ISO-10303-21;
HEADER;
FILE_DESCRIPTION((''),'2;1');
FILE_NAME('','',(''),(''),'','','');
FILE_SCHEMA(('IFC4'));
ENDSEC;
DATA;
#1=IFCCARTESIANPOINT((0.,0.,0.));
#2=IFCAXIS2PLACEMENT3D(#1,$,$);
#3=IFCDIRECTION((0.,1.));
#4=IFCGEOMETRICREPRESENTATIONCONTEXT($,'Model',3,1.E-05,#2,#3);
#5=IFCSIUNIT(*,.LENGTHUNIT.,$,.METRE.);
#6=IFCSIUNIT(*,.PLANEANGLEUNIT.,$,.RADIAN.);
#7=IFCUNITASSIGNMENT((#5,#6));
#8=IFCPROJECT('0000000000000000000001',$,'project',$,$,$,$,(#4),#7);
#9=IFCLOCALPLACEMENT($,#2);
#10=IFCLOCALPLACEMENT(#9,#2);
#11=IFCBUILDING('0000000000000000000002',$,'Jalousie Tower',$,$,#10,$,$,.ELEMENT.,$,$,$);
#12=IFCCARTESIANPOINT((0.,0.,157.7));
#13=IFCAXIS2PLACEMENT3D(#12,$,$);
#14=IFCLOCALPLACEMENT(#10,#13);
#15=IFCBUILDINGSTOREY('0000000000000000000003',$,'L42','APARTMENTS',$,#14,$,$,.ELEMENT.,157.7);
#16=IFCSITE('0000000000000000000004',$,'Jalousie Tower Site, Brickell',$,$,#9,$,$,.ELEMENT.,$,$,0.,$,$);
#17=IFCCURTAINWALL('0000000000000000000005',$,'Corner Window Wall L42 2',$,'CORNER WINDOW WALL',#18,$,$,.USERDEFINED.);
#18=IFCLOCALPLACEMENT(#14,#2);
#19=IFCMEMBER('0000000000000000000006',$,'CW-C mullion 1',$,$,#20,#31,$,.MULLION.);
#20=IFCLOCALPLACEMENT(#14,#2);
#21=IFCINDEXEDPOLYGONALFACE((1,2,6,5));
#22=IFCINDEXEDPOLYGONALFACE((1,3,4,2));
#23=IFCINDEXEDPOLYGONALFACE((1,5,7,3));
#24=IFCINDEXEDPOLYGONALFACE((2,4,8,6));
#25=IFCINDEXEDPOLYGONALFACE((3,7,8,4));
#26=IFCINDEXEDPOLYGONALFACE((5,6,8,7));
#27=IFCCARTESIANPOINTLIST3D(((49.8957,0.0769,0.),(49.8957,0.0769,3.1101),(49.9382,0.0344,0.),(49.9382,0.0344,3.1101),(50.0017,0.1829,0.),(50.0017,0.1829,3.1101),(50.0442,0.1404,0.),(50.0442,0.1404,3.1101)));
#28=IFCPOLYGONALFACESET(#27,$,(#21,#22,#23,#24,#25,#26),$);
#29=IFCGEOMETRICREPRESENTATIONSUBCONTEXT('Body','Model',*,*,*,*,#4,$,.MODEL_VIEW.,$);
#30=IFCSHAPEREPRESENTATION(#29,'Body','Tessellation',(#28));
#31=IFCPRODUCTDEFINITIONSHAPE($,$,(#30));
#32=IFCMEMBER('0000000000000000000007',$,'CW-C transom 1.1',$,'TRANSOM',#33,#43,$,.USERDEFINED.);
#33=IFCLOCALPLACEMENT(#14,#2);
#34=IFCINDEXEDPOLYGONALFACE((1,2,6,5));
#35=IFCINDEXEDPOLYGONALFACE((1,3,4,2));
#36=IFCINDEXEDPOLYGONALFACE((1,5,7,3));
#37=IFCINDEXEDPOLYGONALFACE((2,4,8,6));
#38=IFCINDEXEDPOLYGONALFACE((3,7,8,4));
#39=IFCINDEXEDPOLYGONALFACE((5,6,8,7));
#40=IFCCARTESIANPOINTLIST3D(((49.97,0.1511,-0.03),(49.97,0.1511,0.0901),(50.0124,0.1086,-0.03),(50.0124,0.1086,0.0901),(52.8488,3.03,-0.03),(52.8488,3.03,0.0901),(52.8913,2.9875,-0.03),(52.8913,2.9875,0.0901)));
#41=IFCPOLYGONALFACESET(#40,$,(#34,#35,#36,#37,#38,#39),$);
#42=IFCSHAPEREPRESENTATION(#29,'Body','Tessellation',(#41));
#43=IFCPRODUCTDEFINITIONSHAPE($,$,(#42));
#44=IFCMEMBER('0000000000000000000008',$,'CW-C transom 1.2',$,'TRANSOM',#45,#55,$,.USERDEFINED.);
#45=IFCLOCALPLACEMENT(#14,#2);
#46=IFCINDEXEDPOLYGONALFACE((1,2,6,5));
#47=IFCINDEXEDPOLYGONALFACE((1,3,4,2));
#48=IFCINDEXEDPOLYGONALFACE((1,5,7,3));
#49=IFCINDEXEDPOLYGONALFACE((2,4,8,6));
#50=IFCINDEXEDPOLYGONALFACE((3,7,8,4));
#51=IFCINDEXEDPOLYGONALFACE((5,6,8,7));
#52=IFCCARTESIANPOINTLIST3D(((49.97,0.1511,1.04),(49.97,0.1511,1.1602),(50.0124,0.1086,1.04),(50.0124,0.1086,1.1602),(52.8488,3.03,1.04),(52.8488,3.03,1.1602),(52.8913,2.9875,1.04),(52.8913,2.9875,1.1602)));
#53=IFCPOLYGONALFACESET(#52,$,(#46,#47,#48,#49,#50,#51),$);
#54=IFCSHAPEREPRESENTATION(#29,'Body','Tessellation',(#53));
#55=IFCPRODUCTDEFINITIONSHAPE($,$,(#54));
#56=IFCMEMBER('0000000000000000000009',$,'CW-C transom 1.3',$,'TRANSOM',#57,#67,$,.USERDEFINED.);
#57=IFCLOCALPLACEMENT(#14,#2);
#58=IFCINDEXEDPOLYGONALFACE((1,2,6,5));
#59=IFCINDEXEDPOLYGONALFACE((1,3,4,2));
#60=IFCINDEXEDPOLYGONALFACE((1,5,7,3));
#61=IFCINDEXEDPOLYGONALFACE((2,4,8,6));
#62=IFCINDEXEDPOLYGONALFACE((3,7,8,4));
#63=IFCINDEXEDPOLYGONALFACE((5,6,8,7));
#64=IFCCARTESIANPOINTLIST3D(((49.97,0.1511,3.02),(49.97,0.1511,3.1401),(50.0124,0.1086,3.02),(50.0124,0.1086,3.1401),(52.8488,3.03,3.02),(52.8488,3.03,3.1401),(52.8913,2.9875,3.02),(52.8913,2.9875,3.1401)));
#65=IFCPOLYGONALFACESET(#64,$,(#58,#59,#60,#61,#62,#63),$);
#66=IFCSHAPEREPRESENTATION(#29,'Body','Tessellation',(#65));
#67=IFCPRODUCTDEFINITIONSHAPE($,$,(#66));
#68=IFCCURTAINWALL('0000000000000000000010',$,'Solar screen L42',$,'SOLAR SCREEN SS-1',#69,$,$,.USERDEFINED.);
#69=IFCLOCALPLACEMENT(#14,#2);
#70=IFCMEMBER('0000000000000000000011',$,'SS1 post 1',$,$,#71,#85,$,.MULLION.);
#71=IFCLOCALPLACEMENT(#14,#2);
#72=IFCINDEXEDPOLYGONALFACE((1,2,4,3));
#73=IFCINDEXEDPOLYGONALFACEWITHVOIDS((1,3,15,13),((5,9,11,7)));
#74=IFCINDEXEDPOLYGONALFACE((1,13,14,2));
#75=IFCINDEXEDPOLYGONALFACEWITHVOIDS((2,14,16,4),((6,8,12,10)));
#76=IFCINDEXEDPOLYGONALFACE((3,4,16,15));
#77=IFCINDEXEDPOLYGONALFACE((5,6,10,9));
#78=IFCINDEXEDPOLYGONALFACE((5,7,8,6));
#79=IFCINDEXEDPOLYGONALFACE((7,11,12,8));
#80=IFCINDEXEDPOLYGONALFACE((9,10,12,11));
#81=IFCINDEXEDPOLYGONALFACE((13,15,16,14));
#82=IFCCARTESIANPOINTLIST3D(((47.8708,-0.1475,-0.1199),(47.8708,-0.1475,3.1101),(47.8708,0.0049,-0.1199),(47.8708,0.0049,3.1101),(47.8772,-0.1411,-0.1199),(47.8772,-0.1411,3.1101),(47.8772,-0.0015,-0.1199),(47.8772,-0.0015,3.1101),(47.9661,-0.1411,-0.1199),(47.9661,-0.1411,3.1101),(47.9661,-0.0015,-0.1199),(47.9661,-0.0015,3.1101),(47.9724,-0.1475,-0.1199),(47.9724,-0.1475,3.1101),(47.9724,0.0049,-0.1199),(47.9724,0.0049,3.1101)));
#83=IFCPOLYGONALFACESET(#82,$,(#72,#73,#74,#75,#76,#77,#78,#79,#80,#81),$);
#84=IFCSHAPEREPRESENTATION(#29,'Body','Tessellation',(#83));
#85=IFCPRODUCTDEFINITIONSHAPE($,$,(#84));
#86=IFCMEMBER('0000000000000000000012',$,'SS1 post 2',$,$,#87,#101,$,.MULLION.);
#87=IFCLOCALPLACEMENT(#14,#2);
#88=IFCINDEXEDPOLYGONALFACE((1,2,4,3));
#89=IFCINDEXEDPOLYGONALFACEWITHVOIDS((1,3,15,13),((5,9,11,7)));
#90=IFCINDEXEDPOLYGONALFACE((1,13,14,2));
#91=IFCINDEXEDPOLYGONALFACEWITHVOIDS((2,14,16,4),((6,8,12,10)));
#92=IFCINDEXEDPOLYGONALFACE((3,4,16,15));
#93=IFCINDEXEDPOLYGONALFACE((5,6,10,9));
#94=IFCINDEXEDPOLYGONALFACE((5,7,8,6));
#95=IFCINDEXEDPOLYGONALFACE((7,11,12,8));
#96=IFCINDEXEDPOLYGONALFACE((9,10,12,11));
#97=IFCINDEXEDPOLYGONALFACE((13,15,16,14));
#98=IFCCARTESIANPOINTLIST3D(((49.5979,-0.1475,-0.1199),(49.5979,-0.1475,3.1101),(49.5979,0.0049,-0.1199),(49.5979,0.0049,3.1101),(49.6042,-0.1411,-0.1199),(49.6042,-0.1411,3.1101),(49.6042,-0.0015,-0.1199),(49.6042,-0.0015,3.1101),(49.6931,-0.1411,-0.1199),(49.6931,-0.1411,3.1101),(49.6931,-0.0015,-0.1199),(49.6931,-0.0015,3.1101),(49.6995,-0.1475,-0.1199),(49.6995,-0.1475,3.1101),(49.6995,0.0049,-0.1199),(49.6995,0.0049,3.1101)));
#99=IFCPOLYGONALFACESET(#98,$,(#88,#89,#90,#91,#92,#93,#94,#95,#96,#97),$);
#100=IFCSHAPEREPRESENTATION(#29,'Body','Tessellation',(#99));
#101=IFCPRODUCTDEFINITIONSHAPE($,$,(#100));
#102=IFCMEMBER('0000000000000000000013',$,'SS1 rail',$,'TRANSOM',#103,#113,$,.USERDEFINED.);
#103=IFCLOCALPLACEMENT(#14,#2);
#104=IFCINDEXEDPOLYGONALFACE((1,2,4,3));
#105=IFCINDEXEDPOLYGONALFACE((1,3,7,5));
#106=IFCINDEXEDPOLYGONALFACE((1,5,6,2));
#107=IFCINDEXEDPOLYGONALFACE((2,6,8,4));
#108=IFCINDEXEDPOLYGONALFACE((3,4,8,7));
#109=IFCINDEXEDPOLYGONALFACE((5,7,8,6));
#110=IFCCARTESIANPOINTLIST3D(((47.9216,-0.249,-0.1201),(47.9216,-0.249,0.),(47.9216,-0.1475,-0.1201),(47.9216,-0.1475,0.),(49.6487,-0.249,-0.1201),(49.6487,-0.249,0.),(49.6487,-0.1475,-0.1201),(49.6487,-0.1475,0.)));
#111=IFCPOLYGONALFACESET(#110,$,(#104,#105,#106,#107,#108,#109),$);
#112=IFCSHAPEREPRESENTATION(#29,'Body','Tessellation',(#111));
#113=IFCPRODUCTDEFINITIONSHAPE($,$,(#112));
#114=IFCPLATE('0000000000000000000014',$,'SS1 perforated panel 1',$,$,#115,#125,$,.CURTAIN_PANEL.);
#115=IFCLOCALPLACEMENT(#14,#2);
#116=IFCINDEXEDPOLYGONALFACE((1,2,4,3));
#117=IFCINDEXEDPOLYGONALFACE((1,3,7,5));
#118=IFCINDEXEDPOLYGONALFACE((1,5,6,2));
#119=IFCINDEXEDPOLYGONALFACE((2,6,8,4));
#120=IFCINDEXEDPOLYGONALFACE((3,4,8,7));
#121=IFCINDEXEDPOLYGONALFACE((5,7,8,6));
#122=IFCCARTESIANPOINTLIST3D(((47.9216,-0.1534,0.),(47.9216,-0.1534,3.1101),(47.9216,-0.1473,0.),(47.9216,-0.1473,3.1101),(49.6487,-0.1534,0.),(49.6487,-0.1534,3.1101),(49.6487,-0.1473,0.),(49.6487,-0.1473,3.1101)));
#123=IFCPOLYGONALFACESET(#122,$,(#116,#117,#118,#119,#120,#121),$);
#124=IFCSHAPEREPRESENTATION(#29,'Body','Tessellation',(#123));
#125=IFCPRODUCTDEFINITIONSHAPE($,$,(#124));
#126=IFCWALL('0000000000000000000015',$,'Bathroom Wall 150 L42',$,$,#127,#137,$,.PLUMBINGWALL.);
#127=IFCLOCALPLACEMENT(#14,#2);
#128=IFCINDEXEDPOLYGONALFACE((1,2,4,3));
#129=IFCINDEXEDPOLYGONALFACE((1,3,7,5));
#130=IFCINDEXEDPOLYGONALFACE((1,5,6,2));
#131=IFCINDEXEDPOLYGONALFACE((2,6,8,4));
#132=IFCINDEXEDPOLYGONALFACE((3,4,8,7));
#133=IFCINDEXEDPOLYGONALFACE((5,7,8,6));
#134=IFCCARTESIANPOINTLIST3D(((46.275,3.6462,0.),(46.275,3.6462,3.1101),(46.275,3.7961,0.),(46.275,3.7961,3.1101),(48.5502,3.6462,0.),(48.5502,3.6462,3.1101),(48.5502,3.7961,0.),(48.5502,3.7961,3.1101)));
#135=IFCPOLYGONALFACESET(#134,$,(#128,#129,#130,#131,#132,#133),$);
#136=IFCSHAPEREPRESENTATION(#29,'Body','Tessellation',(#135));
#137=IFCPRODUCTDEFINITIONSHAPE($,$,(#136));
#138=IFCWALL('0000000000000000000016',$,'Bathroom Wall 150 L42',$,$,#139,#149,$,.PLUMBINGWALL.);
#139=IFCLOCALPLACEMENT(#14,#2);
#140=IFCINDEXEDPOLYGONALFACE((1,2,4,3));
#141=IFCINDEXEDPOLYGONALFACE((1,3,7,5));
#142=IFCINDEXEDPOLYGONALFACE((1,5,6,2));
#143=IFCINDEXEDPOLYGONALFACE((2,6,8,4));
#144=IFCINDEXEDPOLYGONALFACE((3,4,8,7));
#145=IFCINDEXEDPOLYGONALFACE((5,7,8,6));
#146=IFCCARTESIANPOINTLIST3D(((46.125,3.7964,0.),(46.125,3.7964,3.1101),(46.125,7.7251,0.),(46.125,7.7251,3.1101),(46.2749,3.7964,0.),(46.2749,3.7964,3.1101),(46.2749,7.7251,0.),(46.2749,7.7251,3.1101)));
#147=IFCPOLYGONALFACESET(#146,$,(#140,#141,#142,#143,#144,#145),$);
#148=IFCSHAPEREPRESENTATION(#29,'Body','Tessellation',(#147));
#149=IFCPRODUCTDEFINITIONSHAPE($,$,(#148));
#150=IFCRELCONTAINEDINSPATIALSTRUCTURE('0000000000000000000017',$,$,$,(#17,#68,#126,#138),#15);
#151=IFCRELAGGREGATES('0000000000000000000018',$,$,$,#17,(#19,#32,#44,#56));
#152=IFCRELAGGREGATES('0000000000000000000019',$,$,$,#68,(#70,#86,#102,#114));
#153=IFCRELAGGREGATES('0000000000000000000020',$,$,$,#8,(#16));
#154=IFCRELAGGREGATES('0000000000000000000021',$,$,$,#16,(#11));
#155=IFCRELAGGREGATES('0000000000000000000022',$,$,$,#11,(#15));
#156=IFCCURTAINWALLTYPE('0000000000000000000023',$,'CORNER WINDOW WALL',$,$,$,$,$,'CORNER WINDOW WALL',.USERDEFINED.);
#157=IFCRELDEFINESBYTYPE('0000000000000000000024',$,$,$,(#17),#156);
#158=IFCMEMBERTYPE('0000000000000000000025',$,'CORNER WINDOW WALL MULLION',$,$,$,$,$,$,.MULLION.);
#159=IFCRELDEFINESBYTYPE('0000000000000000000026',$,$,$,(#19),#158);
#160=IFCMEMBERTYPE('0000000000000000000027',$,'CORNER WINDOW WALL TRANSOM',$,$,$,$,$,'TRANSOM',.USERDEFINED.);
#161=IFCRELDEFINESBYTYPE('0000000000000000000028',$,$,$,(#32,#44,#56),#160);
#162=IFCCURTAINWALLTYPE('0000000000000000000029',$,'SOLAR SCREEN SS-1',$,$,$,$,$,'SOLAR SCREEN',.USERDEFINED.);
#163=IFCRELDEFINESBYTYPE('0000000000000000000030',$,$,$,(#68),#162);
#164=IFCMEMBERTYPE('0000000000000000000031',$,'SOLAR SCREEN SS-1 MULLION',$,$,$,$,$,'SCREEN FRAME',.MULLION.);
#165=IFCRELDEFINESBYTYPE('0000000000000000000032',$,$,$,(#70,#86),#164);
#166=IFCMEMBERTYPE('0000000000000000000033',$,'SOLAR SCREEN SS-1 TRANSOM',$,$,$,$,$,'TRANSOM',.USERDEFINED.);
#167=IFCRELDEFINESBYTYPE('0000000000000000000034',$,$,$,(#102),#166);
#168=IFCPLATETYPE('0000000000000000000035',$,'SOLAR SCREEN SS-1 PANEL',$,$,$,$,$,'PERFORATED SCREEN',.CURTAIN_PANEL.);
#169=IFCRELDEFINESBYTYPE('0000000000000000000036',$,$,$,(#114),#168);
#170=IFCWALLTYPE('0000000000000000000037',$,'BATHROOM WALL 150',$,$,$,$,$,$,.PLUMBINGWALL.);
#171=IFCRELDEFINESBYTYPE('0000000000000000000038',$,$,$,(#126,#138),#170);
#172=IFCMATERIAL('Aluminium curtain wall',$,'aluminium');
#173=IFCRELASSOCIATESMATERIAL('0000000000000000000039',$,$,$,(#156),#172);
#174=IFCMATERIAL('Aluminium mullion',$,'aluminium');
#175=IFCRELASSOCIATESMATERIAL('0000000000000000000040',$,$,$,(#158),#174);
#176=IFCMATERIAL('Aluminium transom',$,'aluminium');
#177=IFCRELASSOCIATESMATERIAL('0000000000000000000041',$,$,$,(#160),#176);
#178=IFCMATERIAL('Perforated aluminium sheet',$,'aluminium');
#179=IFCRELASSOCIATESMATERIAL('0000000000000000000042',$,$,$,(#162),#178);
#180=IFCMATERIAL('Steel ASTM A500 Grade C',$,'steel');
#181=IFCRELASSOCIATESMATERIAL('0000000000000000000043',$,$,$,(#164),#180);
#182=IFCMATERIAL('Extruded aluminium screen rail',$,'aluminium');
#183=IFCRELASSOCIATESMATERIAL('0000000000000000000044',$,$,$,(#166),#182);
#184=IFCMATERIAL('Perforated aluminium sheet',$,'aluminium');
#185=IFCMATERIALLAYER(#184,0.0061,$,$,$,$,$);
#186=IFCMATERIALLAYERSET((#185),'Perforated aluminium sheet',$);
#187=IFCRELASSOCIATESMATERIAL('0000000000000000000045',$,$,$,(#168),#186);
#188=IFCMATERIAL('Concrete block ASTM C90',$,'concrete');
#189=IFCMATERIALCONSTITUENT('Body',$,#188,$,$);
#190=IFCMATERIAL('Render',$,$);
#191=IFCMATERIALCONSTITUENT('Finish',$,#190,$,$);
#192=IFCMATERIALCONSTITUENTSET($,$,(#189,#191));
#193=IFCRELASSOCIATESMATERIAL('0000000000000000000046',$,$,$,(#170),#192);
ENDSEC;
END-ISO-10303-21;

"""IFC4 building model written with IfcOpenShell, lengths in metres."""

from ifc_helpers import new_model, si_unit, direction, frame, frame_2d, origin, origin_2d, place, context, subcontext, project, spatial, rectangle, hollow_rectangle, extrude, material, layer, layer_set, constituent, constituent_set, material_profile, profile_set, type_object, element, aggregate, save


model = new_model("IFC4")

# Units and contexts
model_context = context("Model", 3, precision=1e-05, world=origin(), true_north=direction((0.0, 1.0)))
body_context = subcontext(model_context, "Body", "Model", "MODEL_VIEW")
ifc_project = project(units=[si_unit("LENGTHUNIT", "METRE"), si_unit("PLANEANGLEUNIT", "RADIAN")], contexts=[model_context])

# Site, building, storey
site_placement = place(None, origin())
site = spatial("IfcSite", under=ifc_project, at=site_placement, Name="Jalousie Tower Site, Brickell", CompositionType="ELEMENT", RefElevation=0.0)
building_placement = place(site_placement, origin())
building = spatial("IfcBuilding", under=site, at=building_placement, Name="Jalousie Tower", CompositionType="ELEMENT")
storey_placement = place(building_placement, frame((0.0, 0.0, 157.7)))
storey = spatial("IfcBuildingStorey", under=building, at=storey_placement, Name="L42", Description="APARTMENTS", CompositionType="ELEMENT", Elevation=157.7)

# Curtain wall, members
ifc_material_1 = material(Name="Aluminium curtain wall", Category="aluminium")
curtain_wall_type_1 = type_object("IfcCurtainWallType", Name="CORNER WINDOW WALL", ElementType="CORNER WINDOW WALL", PredefinedType="USERDEFINED", material=ifc_material_1)
curtain_wall_1_placement = place(storey_placement, origin())
curtain_wall_1 = element("IfcCurtainWall", 1, at=curtain_wall_1_placement, inside=storey, type_object=curtain_wall_type_1, Name="Corner Window Wall L42 2", ObjectType="CORNER WINDOW WALL", PredefinedType="USERDEFINED")
ifc_material_2 = material(Name="Aluminium mullion", Category="aluminium")
ifc_material_profile_1 = material_profile(ifc_material_2, rectangle(XDim=0.0601, YDim=0.1499, at=origin_2d()), Name="MULLION 60x150")
ifc_profile_set_1 = profile_set([ifc_material_profile_1], Name="Aluminium mullion")
member_type_1 = type_object("IfcMemberType", Name="CORNER WINDOW WALL MULLION", PredefinedType="MULLION", material=ifc_profile_set_1)
member_1_placement = place(storey_placement, frame((49.97, 0.1086, 0.0), z_axis=(0.0, 0.0, 1.0), x_axis=(-0.707107, 0.707107, 0.0)))
member_1 = element("IfcMember", 2, at=member_1_placement, type_object=member_type_1, Name="CW-C mullion 1", PredefinedType="MULLION", context=body_context, shape_type="SweptSolid", body=[
    extrude(rectangle(XDim=0.0601, YDim=0.1499, at=origin_2d()), origin(), (0.0, 0.0, 1.0), 3.1101),
])
ifc_material_3 = material(Name="Aluminium transom", Category="aluminium")
ifc_material_profile_2 = material_profile(ifc_material_3, rectangle(XDim=0.0601, YDim=0.1201, at=origin_2d()), Name="TRANSOM 60x120")
ifc_profile_set_2 = profile_set([ifc_material_profile_2], Name="Aluminium transom")
member_type_2 = type_object("IfcMemberType", Name="CORNER WINDOW WALL TRANSOM", ElementType="TRANSOM", PredefinedType="USERDEFINED", material=ifc_profile_set_2)
member_2_placement = place(storey_placement, frame((49.9912, 0.1299, 0.03), z_axis=(0.707107, 0.707107, 0.0), x_axis=(-0.707107, 0.707107, 0.0)))
member_2 = element("IfcMember", 3, at=member_2_placement, type_object=member_type_2, Name="CW-C transom 1.1", ObjectType="TRANSOM", PredefinedType="USERDEFINED", context=body_context, shape_type="SweptSolid", body=[
    extrude(rectangle(XDim=0.0601, YDim=0.1201, at=origin_2d()), origin(), (0.0, 0.0, 1.0), 4.0713),
])
member_3_placement = place(storey_placement, frame((49.9912, 0.1299, 1.1001), z_axis=(0.707107, 0.707107, 0.0), x_axis=(-0.707107, 0.707107, 0.0)))
member_3 = element("IfcMember", 4, at=member_3_placement, type_object=member_type_2, Name="CW-C transom 1.2", ObjectType="TRANSOM", PredefinedType="USERDEFINED", context=body_context, shape_type="SweptSolid", body=[
    extrude(rectangle(XDim=0.0601, YDim=0.1201, at=origin_2d()), origin(), (0.0, 0.0, 1.0), 4.0713),
])
member_4_placement = place(storey_placement, frame((49.9912, 0.1299, 3.0801), z_axis=(0.707107, 0.707107, 0.0), x_axis=(-0.707107, 0.707107, 0.0)))
member_4 = element("IfcMember", 5, at=member_4_placement, type_object=member_type_2, Name="CW-C transom 1.3", ObjectType="TRANSOM", PredefinedType="USERDEFINED", context=body_context, shape_type="SweptSolid", body=[
    extrude(rectangle(XDim=0.0601, YDim=0.1201, at=origin_2d()), origin(), (0.0, 0.0, 1.0), 4.0713),
])
aggregate(curtain_wall_1, [member_1, member_2, member_3, member_4])

# Curtain wall, members, plate
ifc_material_4 = material(Name="Perforated aluminium sheet", Category="aluminium")
curtain_wall_type_2 = type_object("IfcCurtainWallType", Name="SOLAR SCREEN SS-1", ElementType="SOLAR SCREEN", PredefinedType="USERDEFINED", material=ifc_material_4)
curtain_wall_2_placement = place(storey_placement, origin())
curtain_wall_2 = element("IfcCurtainWall", 6, at=curtain_wall_2_placement, inside=storey, type_object=curtain_wall_type_2, Name="Solar screen L42", ObjectType="SOLAR SCREEN SS-1", PredefinedType="USERDEFINED")
ifc_material_5 = material(Name="Steel ASTM A500 Grade C", Category="steel")
ifc_material_profile_3 = material_profile(ifc_material_5, hollow_rectangle(XDim=0.1016, YDim=0.1523, WallThickness=0.0063, at=origin_2d()), Name="HSS6X4X1/4")
ifc_profile_set_3 = profile_set([ifc_material_profile_3], Name="Steel ASTM A500 Grade C")
member_type_3 = type_object("IfcMemberType", Name="SOLAR SCREEN SS-1 MULLION", ElementType="SCREEN FRAME", PredefinedType="MULLION", material=ifc_profile_set_3)
member_5_placement = place(storey_placement, frame((47.9216, -0.0713, -0.1199), z_axis=(0.0, 0.0, 1.0), x_axis=(1.0, 0.0, 0.0)))
member_5 = element("IfcMember", 7, at=member_5_placement, type_object=member_type_3, Name="SS1 post 1", PredefinedType="MULLION", context=body_context, shape_type="SweptSolid", body=[
    extrude(hollow_rectangle(XDim=0.1016, YDim=0.1523, WallThickness=0.0063, at=origin_2d()), origin(), (0.0, 0.0, 1.0), 3.23),
])
member_6_placement = place(storey_placement, frame((49.6487, -0.0713, -0.1199), z_axis=(0.0, 0.0, 1.0), x_axis=(1.0, 0.0, 0.0)))
member_6 = element("IfcMember", 8, at=member_6_placement, type_object=member_type_3, Name="SS1 post 2", PredefinedType="MULLION", context=body_context, shape_type="SweptSolid", body=[
    extrude(hollow_rectangle(XDim=0.1016, YDim=0.1523, WallThickness=0.0063, at=origin_2d()), origin(), (0.0, 0.0, 1.0), 3.23),
])
ifc_material_6 = material(Name="Extruded aluminium screen rail", Category="aluminium")
ifc_material_profile_4 = material_profile(ifc_material_6, rectangle(XDim=0.1016, YDim=0.1201, at=origin_2d()), Name="RAIL 102x120")
ifc_profile_set_4 = profile_set([ifc_material_profile_4], Name="Extruded aluminium screen rail")
member_type_4 = type_object("IfcMemberType", Name="SOLAR SCREEN SS-1 TRANSOM", ElementType="TRANSOM", PredefinedType="USERDEFINED", material=ifc_profile_set_4)
member_7_placement = place(storey_placement, frame((47.9216, -0.1982, -0.0601), z_axis=(1.0, 0.0, 0.0), x_axis=(0.0, 1.0, 0.0)))
member_7 = element("IfcMember", 9, at=member_7_placement, type_object=member_type_4, Name="SS1 rail", ObjectType="TRANSOM", PredefinedType="USERDEFINED", context=body_context, shape_type="SweptSolid", body=[
    extrude(rectangle(XDim=0.1016, YDim=0.1201, at=origin_2d()), origin(), (0.0, 0.0, 1.0), 1.7271),
])
ifc_material_7 = material(Name="Perforated aluminium sheet", Category="aluminium")
ifc_layer = layer(ifc_material_7, 0.0061)
ifc_layer_set = layer_set([ifc_layer], Name="Perforated aluminium sheet")
plate_type = type_object("IfcPlateType", Name="SOLAR SCREEN SS-1 PANEL", ElementType="PERFORATED SCREEN", PredefinedType="CURTAIN_PANEL", material=ifc_layer_set)
plate_placement = place(storey_placement, frame((48.7852, -0.1504, 0.0), z_axis=(0.0, 0.0, 1.0), x_axis=(1.0, 0.0, 0.0)))
plate = element("IfcPlate", 10, at=plate_placement, type_object=plate_type, Name="SS1 perforated panel 1", PredefinedType="CURTAIN_PANEL", context=body_context, shape_type="SweptSolid", body=[
    extrude(rectangle(XDim=1.7271, YDim=0.0061, at=origin_2d()), origin(), (0.0, 0.0, 1.0), 3.1101),
])
aggregate(curtain_wall_2, [member_5, member_6, member_7, plate])

# Walls
ifc_material_8 = material(Name="Concrete block ASTM C90", Category="concrete")
ifc_constituent_1 = constituent(ifc_material_8, Name="Body")
ifc_material_9 = material(Name="Render")
ifc_constituent_2 = constituent(ifc_material_9, Name="Finish")
ifc_constituent_set_1 = constituent_set(constituents=[ifc_constituent_1, ifc_constituent_2])
wall_type_1 = type_object("IfcWallType", Name="BATHROOM WALL 150", PredefinedType="PLUMBINGWALL", material=ifc_constituent_set_1)
wall_1_placement = place(storey_placement, frame((46.2749, 3.7212, 0.0), z_axis=(0.0, 0.0, 1.0), x_axis=(1.0, 0.0, 0.0)))
element("IfcWall", 11, at=wall_1_placement, inside=storey, type_object=wall_type_1, Name="Bathroom Wall 150 L42", PredefinedType="PLUMBINGWALL", context=body_context, shape_type="SweptSolid", body=[
    extrude(rectangle(XDim=2.2751, YDim=0.1499, at=frame_2d((1.1377, 0.0))), origin(), (0.0, 0.0, 1.0), 3.1101),
])
wall_2_placement = place(storey_placement, frame((46.2, 3.7964, 0.0), z_axis=(0.0, 0.0, 1.0), x_axis=(0.0, 1.0, 0.0)))
element("IfcWall", 12, at=wall_2_placement, inside=storey, type_object=wall_type_1, Name="Bathroom Wall 150 L42", PredefinedType="PLUMBINGWALL", context=body_context, shape_type="SweptSolid", body=[
    extrude(rectangle(XDim=3.9287, YDim=0.1499, at=frame_2d((1.9644, 0.0))), origin(), (0.0, 0.0, 1.0), 3.1101),
])

save(model, "model.ifc")
